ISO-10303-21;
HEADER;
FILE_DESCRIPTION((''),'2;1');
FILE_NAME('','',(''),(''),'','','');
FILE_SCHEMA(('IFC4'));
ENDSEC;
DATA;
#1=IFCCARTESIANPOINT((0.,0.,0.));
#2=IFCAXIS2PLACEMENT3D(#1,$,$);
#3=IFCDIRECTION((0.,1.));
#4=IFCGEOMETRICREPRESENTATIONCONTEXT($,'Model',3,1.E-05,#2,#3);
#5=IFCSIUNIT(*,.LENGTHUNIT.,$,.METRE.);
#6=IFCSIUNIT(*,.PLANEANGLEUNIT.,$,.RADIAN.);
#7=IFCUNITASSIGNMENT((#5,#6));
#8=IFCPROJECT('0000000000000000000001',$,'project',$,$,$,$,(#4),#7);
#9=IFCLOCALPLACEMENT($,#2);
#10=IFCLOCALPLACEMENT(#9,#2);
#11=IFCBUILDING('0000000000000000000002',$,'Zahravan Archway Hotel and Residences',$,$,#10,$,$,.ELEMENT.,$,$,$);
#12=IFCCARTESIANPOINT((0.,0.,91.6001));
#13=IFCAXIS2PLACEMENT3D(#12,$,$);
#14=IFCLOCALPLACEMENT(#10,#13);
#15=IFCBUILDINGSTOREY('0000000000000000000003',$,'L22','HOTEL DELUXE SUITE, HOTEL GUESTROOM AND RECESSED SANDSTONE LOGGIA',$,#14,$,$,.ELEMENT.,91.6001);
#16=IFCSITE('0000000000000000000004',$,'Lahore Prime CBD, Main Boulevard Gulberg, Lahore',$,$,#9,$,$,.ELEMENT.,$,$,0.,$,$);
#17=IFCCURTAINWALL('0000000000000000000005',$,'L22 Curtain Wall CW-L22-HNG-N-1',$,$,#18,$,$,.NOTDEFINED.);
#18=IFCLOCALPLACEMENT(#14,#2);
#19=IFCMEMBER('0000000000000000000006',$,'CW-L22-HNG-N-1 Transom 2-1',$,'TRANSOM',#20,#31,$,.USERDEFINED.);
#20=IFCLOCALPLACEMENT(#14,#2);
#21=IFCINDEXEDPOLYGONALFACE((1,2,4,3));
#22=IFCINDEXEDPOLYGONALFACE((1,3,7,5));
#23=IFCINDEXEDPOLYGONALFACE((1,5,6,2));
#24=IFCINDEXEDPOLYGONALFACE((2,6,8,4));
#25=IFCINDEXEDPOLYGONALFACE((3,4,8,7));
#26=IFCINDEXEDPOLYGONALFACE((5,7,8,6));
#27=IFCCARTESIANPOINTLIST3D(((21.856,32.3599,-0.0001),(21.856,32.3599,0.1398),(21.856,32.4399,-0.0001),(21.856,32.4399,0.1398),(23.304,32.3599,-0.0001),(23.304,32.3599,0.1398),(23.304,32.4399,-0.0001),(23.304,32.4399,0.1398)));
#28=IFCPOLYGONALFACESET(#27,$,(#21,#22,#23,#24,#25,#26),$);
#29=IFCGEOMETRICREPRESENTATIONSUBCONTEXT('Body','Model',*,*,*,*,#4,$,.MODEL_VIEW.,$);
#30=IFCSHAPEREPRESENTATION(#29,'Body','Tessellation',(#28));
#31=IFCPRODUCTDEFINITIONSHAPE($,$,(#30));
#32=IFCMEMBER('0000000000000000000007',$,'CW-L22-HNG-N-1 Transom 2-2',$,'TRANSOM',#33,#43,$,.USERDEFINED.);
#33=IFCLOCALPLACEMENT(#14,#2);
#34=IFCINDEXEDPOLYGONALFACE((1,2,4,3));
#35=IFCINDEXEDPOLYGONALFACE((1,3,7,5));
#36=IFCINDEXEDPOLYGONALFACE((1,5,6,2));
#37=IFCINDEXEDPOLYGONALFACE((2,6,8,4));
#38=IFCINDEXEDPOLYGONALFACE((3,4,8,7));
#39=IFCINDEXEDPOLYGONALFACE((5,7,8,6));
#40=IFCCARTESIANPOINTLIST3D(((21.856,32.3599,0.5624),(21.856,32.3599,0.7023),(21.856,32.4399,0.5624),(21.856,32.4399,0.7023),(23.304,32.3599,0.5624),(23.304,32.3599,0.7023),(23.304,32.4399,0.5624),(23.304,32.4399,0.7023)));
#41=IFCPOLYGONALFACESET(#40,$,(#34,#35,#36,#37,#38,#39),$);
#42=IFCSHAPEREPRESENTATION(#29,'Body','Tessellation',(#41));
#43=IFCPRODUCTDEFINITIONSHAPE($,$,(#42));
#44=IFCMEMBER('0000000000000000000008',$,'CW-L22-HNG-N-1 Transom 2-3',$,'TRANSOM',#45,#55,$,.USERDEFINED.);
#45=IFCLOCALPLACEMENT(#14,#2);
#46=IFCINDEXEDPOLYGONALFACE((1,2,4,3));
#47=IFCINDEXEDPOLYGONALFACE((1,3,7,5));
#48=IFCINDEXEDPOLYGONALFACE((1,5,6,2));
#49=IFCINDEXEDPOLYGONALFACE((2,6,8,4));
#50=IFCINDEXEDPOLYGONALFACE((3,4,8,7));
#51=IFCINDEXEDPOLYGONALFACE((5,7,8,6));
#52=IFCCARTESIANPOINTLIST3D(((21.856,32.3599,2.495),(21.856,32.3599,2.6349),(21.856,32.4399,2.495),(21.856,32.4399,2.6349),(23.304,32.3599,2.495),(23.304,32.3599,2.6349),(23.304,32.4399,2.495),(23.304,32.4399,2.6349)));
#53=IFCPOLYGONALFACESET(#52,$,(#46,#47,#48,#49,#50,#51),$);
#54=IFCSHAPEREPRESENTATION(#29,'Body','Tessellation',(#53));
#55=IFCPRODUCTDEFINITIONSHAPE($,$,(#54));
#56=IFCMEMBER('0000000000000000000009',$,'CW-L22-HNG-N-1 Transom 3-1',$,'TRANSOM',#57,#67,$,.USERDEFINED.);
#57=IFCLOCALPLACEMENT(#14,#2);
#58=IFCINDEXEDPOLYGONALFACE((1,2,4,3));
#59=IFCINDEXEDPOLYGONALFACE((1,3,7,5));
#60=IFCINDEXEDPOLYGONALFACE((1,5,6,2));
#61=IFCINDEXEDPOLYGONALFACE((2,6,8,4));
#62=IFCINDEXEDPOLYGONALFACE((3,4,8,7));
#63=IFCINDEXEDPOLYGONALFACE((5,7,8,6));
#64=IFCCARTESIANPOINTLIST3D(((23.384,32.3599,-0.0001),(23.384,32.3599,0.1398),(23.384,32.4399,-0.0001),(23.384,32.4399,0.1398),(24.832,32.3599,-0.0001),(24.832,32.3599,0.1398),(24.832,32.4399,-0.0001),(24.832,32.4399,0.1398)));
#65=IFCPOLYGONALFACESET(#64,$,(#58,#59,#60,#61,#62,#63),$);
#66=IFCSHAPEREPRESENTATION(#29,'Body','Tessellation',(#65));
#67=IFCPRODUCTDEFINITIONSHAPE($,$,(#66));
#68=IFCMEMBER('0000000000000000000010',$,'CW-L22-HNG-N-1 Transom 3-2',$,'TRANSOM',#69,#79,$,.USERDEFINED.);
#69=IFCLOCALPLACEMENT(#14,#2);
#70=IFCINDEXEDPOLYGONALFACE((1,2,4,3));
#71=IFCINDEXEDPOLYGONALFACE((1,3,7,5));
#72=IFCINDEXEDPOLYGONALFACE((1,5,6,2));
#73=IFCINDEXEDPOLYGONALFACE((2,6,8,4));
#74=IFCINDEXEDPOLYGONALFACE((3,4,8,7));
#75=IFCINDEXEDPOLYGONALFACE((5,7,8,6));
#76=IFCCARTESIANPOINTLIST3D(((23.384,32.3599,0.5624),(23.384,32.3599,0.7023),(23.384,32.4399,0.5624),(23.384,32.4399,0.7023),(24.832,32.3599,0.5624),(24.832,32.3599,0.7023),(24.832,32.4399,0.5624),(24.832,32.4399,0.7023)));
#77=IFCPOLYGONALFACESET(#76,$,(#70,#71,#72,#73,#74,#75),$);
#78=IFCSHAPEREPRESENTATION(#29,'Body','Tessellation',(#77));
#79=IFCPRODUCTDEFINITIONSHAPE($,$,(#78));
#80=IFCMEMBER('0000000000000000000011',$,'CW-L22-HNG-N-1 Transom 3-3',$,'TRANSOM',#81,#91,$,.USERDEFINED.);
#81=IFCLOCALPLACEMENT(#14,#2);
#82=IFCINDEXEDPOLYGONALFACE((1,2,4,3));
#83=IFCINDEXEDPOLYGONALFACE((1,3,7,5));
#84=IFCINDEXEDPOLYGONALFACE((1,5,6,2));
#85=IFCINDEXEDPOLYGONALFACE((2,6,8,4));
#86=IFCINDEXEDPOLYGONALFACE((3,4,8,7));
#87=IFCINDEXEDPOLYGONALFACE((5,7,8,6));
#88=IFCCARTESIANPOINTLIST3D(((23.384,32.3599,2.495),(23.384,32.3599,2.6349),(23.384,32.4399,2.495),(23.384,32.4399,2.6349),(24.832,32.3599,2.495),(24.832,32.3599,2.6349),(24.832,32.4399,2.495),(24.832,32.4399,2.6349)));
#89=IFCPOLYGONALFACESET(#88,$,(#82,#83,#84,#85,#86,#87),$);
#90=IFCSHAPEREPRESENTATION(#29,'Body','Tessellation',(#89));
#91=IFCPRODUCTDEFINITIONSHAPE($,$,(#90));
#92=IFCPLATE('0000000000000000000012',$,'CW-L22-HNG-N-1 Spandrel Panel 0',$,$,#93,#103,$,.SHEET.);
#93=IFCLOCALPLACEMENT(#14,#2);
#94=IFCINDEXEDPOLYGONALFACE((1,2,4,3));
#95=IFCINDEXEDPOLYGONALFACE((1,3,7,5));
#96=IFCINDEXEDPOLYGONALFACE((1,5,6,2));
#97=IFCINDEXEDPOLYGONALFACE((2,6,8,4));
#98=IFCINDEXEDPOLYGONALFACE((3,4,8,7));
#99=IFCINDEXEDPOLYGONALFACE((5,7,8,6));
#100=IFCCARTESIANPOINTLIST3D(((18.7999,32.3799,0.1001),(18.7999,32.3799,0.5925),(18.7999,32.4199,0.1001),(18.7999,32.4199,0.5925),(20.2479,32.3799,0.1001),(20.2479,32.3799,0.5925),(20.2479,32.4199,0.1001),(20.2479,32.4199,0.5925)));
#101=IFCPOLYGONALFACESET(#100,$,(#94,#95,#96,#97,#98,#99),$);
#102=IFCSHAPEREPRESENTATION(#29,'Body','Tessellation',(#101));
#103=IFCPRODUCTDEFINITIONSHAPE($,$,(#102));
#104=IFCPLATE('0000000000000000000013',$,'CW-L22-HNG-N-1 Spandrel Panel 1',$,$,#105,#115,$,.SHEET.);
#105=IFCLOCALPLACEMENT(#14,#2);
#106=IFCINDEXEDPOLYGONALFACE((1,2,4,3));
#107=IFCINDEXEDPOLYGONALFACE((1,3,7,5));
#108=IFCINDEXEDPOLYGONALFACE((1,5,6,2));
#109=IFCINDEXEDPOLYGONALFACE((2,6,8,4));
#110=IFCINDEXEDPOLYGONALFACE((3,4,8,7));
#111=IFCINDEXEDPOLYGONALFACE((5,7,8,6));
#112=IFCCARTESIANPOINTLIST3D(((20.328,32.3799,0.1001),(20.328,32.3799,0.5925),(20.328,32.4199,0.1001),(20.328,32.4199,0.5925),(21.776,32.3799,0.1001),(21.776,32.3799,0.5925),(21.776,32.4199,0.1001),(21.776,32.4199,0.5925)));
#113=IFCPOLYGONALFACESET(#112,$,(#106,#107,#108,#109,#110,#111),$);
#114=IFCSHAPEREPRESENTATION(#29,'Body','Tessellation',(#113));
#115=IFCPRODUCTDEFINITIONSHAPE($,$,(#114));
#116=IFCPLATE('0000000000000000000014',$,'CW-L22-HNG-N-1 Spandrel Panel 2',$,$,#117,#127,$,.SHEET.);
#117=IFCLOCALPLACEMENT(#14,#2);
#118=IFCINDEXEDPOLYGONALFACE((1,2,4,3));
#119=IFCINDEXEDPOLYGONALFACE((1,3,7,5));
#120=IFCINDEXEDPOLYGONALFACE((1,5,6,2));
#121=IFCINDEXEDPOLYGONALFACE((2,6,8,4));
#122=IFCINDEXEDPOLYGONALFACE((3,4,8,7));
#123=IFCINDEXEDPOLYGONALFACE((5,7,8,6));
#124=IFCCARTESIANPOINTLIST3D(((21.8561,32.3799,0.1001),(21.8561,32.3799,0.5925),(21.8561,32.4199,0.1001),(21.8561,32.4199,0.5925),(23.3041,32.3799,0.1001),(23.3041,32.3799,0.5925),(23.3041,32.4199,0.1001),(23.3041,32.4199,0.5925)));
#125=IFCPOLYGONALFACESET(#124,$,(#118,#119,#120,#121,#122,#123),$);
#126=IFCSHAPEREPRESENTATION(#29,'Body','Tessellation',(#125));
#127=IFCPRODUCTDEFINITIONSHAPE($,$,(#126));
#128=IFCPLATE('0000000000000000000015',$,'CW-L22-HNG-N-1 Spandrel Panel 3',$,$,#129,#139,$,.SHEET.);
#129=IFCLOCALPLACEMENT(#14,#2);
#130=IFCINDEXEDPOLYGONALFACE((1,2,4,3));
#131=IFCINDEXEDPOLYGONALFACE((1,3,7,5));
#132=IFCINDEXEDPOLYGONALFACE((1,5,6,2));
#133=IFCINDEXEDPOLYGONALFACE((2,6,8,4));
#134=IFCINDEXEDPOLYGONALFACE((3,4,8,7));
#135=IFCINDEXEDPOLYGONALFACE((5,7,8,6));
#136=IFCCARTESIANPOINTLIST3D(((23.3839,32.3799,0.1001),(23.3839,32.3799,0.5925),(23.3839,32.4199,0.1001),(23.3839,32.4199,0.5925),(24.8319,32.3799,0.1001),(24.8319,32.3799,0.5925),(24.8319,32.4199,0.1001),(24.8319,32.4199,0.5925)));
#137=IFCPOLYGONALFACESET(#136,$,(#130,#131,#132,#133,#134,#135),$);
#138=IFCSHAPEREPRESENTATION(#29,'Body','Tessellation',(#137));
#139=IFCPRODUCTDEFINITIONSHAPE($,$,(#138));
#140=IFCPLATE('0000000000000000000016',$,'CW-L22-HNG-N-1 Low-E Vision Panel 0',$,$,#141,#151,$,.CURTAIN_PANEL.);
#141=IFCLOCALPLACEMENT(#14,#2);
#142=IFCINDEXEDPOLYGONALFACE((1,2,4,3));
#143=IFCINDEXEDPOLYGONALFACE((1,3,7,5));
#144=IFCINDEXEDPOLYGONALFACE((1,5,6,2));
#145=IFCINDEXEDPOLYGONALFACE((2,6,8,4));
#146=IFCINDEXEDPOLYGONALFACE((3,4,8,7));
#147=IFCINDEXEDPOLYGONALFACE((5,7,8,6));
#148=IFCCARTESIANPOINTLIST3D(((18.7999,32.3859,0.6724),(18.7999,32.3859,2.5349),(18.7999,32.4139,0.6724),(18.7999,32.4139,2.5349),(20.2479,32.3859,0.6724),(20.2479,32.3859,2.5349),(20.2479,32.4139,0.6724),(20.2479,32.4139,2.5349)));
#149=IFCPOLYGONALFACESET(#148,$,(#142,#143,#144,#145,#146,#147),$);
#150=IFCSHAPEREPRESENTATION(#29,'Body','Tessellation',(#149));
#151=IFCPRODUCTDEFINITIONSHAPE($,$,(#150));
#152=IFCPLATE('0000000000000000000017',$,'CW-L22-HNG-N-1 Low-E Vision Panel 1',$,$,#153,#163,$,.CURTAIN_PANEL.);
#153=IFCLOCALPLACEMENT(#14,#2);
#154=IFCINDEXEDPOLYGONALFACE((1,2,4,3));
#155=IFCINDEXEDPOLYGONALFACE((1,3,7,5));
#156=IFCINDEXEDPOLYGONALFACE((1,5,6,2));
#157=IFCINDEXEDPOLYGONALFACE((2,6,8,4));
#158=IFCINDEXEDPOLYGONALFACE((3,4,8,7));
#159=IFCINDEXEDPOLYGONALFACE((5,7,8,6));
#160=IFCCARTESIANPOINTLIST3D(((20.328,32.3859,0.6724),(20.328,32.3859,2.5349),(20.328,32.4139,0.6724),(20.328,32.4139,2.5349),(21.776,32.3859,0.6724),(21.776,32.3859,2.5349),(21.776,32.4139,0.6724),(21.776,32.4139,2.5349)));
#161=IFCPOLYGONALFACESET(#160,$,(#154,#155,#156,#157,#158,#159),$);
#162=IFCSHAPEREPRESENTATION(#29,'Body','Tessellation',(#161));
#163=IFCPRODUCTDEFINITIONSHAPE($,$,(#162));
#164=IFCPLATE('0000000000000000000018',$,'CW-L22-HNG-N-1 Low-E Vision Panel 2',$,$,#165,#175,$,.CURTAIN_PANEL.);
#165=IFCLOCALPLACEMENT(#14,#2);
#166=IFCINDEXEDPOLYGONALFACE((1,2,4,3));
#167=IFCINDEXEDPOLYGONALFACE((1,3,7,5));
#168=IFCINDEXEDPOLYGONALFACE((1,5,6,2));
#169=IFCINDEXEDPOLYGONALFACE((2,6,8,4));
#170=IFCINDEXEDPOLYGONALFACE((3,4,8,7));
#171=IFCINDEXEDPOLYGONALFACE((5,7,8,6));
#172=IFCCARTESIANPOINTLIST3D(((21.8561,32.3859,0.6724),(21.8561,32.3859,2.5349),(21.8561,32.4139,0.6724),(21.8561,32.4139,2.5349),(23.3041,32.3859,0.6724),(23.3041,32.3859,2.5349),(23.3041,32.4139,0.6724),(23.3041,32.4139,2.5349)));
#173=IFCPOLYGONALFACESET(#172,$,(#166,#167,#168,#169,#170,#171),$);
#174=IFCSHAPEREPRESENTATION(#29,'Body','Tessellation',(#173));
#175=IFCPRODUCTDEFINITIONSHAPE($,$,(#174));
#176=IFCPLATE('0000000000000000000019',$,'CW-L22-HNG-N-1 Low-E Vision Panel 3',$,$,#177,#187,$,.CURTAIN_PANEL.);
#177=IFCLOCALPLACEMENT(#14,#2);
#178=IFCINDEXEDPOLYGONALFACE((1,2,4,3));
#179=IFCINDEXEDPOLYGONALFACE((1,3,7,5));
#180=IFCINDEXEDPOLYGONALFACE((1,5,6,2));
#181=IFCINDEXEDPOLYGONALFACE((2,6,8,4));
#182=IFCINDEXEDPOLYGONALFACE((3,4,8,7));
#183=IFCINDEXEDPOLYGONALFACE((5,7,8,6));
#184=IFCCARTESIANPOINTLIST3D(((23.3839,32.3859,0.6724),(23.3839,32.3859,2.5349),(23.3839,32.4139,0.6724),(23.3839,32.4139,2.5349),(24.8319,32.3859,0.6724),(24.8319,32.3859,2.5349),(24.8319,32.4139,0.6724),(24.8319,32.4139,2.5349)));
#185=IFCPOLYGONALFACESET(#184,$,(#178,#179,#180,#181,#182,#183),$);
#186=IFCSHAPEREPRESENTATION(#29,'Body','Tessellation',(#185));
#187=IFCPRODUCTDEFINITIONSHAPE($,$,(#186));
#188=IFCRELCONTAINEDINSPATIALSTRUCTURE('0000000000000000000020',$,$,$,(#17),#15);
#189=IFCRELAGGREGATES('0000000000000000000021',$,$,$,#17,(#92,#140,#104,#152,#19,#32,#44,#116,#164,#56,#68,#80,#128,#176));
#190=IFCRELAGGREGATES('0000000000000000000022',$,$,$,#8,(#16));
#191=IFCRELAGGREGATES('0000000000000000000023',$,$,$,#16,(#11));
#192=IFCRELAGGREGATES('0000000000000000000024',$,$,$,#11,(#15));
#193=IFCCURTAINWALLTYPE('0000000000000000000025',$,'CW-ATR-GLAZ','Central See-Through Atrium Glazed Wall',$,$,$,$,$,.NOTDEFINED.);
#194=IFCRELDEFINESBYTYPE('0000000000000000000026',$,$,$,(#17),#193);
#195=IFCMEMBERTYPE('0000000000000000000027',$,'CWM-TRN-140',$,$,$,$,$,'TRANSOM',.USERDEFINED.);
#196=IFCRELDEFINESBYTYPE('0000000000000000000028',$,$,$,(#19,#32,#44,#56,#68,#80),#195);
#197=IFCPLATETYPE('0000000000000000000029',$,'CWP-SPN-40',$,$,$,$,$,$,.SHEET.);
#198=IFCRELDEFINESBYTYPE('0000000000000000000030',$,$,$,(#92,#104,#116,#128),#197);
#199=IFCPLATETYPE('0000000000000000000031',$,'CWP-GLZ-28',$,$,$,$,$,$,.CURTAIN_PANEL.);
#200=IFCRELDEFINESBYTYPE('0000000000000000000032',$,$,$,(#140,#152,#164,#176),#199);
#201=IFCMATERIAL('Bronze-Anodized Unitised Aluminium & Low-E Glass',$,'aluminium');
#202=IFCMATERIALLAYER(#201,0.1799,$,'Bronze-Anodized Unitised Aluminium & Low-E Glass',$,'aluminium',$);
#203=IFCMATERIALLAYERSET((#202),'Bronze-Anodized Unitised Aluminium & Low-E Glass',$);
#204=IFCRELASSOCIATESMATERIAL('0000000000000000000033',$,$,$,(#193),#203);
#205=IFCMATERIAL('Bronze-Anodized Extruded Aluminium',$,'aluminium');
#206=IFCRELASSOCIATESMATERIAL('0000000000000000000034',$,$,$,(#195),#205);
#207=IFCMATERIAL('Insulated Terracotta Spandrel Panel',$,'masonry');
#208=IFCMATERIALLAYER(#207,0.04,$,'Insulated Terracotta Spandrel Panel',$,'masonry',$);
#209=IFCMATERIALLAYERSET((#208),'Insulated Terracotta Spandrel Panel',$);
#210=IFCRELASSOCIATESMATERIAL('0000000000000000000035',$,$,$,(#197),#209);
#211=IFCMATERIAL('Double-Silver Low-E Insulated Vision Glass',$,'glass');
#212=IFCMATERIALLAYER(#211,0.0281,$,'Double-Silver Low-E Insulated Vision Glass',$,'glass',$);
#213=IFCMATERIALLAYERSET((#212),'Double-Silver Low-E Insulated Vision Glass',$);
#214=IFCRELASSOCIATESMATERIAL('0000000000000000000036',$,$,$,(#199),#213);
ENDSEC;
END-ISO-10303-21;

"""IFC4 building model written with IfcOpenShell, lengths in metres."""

from ifc_helpers import new_model, si_unit, direction, frame, origin, origin_2d, place, context, subcontext, project, spatial, rectangle, extrude, source, transform, mapped, material, layer, layer_set, material_profile, profile_set, type_object, element, aggregate, save


model = new_model("IFC4")

# Units and contexts
model_context = context("Model", 3, precision=1e-05, world=origin(), true_north=direction((0.0, 1.0)))
body_context = subcontext(model_context, "Body", "Model", "MODEL_VIEW")
ifc_project = project(units=[si_unit("LENGTHUNIT", "METRE"), si_unit("PLANEANGLEUNIT", "RADIAN")], contexts=[model_context])

# Site, building, storey
site_placement = place(None, origin())
site = spatial("IfcSite", under=ifc_project, at=site_placement, Name="Lahore Prime CBD, Main Boulevard Gulberg, Lahore", CompositionType="ELEMENT", RefElevation=0.0)
building_placement = place(site_placement, origin())
building = spatial("IfcBuilding", under=site, at=building_placement, Name="Zahravan Archway Hotel and Residences", CompositionType="ELEMENT")
storey_placement = place(building_placement, frame((0.0, 0.0, 91.6001)))
storey = spatial("IfcBuildingStorey", under=building, at=storey_placement, Name="L22", Description="HOTEL DELUXE SUITE, HOTEL GUESTROOM AND RECESSED SANDSTONE LOGGIA", CompositionType="ELEMENT", Elevation=91.6001)

# Curtain wall, members, plates
ifc_material_1 = material(Name="Bronze-Anodized Unitised Aluminium & Low-E Glass", Category="aluminium")
ifc_layer_1 = layer(ifc_material_1, 0.1799, Name="Bronze-Anodized Unitised Aluminium & Low-E Glass", Category="aluminium")
ifc_layer_set_1 = layer_set([ifc_layer_1], Name="Bronze-Anodized Unitised Aluminium & Low-E Glass")
curtain_wall_type = type_object("IfcCurtainWallType", Name="CW-ATR-GLAZ", Description="Central See-Through Atrium Glazed Wall", PredefinedType="NOTDEFINED", material=ifc_layer_set_1)
curtain_wall_placement = place(storey_placement, origin())
curtain_wall = element("IfcCurtainWall", 1, at=curtain_wall_placement, inside=storey, type_object=curtain_wall_type, Name="L22 Curtain Wall CW-L22-HNG-N-1", PredefinedType="NOTDEFINED")
ifc_material_2 = material(Name="Bronze-Anodized Extruded Aluminium", Category="aluminium")
ifc_material_profile_1 = material_profile(ifc_material_2, rectangle(XDim=0.0801, YDim=0.1399, at=origin_2d()), Name="TRN 80x140", Category="aluminium")
ifc_profile_set_1 = profile_set([ifc_material_profile_1], Name="Bronze-Anodized Extruded Aluminium")
member_type_1 = type_object("IfcMemberType", Name="CWM-TRN-140", ElementType="TRANSOM", PredefinedType="USERDEFINED", material=ifc_profile_set_1)
shared_shape_1 = source(origin(), body_context, "Body", "SweptSolid", [
    extrude(rectangle(XDim=0.0801, YDim=0.1399, at=origin_2d()), origin(), (0.0, 0.0, 1.0), 1.448),
])
member_1_placement = place(storey_placement, frame((21.856, 32.3999, 0.0698), z_axis=(1.0, 0.0, 0.0), x_axis=(0.0, 1.0, 0.0)))
member_1 = element("IfcMember", 2, at=member_1_placement, type_object=member_type_1, Name="CW-L22-HNG-N-1 Transom 2-1", ObjectType="TRANSOM", PredefinedType="USERDEFINED", context=body_context, shape_type="MappedRepresentation", body=[
    mapped(shared_shape_1, transform((0.0, 0.0, 0.0), scale=1.0)),
])
member_2_placement = place(storey_placement, frame((21.856, 32.3999, 0.6323), z_axis=(1.0, 0.0, 0.0), x_axis=(0.0, 1.0, 0.0)))
member_2 = element("IfcMember", 3, at=member_2_placement, type_object=member_type_1, Name="CW-L22-HNG-N-1 Transom 2-2", ObjectType="TRANSOM", PredefinedType="USERDEFINED", context=body_context, shape_type="MappedRepresentation", body=[
    mapped(shared_shape_1, transform((0.0, 0.0, 0.0), scale=1.0)),
])
member_3_placement = place(storey_placement, frame((21.856, 32.3999, 2.5649), z_axis=(1.0, 0.0, 0.0), x_axis=(0.0, 1.0, 0.0)))
member_3 = element("IfcMember", 4, at=member_3_placement, type_object=member_type_1, Name="CW-L22-HNG-N-1 Transom 2-3", ObjectType="TRANSOM", PredefinedType="USERDEFINED", context=body_context, shape_type="MappedRepresentation", body=[
    mapped(shared_shape_1, transform((0.0, 0.0, 0.0), scale=1.0)),
])
member_4_placement = place(storey_placement, frame((23.384, 32.3999, 0.0698), z_axis=(1.0, 0.0, 0.0), x_axis=(0.0, 1.0, 0.0)))
member_4 = element("IfcMember", 5, at=member_4_placement, type_object=member_type_1, Name="CW-L22-HNG-N-1 Transom 3-1", ObjectType="TRANSOM", PredefinedType="USERDEFINED", context=body_context, shape_type="MappedRepresentation", body=[
    mapped(shared_shape_1, transform((0.0, 0.0, 0.0), scale=1.0)),
])
member_5_placement = place(storey_placement, frame((23.384, 32.3999, 0.6323), z_axis=(1.0, 0.0, 0.0), x_axis=(0.0, 1.0, 0.0)))
member_5 = element("IfcMember", 6, at=member_5_placement, type_object=member_type_1, Name="CW-L22-HNG-N-1 Transom 3-2", ObjectType="TRANSOM", PredefinedType="USERDEFINED", context=body_context, shape_type="MappedRepresentation", body=[
    mapped(shared_shape_1, transform((0.0, 0.0, 0.0), scale=1.0)),
])
member_6_placement = place(storey_placement, frame((23.384, 32.3999, 2.5649), z_axis=(1.0, 0.0, 0.0), x_axis=(0.0, 1.0, 0.0)))
member_6 = element("IfcMember", 7, at=member_6_placement, type_object=member_type_1, Name="CW-L22-HNG-N-1 Transom 3-3", ObjectType="TRANSOM", PredefinedType="USERDEFINED", context=body_context, shape_type="MappedRepresentation", body=[
    mapped(shared_shape_1, transform((0.0, 0.0, 0.0), scale=1.0)),
])
ifc_material_3 = material(Name="Insulated Terracotta Spandrel Panel", Category="masonry")
ifc_layer_2 = layer(ifc_material_3, 0.04, Name="Insulated Terracotta Spandrel Panel", Category="masonry")
ifc_layer_set_2 = layer_set([ifc_layer_2], Name="Insulated Terracotta Spandrel Panel")
plate_type_1 = type_object("IfcPlateType", Name="CWP-SPN-40", PredefinedType="SHEET", material=ifc_layer_set_2)
shared_shape_2 = source(origin(), body_context, "Body", "SweptSolid", [
    extrude(rectangle(XDim=1.448, YDim=0.04, at=origin_2d()), origin(), (0.0, 0.0, 1.0), 0.4924),
])
plate_1_placement = place(storey_placement, frame((19.5239, 32.3999, 0.1001), z_axis=(0.0, 0.0, 1.0), x_axis=(1.0, 0.0, 0.0)))
plate_1 = element("IfcPlate", 8, at=plate_1_placement, type_object=plate_type_1, Name="CW-L22-HNG-N-1 Spandrel Panel 0", PredefinedType="SHEET", context=body_context, shape_type="MappedRepresentation", body=[
    mapped(shared_shape_2, transform((0.0, 0.0, 0.0), scale=1.0)),
])
plate_2_placement = place(storey_placement, frame((21.052, 32.3999, 0.1001), z_axis=(0.0, 0.0, 1.0), x_axis=(1.0, 0.0, 0.0)))
plate_2 = element("IfcPlate", 9, at=plate_2_placement, type_object=plate_type_1, Name="CW-L22-HNG-N-1 Spandrel Panel 1", PredefinedType="SHEET", context=body_context, shape_type="MappedRepresentation", body=[
    mapped(shared_shape_2, transform((0.0, 0.0, 0.0), scale=1.0)),
])
plate_3_placement = place(storey_placement, frame((22.5801, 32.3999, 0.1001), z_axis=(0.0, 0.0, 1.0), x_axis=(1.0, 0.0, 0.0)))
plate_3 = element("IfcPlate", 10, at=plate_3_placement, type_object=plate_type_1, Name="CW-L22-HNG-N-1 Spandrel Panel 2", PredefinedType="SHEET", context=body_context, shape_type="MappedRepresentation", body=[
    mapped(shared_shape_2, transform((0.0, 0.0, 0.0), scale=1.0)),
])
plate_4_placement = place(storey_placement, frame((24.1079, 32.3999, 0.1001), z_axis=(0.0, 0.0, 1.0), x_axis=(1.0, 0.0, 0.0)))
plate_4 = element("IfcPlate", 11, at=plate_4_placement, type_object=plate_type_1, Name="CW-L22-HNG-N-1 Spandrel Panel 3", PredefinedType="SHEET", context=body_context, shape_type="MappedRepresentation", body=[
    mapped(shared_shape_2, transform((0.0, 0.0, 0.0), scale=1.0)),
])
ifc_material_4 = material(Name="Double-Silver Low-E Insulated Vision Glass", Category="glass")
ifc_layer_3 = layer(ifc_material_4, 0.0281, Name="Double-Silver Low-E Insulated Vision Glass", Category="glass")
ifc_layer_set_3 = layer_set([ifc_layer_3], Name="Double-Silver Low-E Insulated Vision Glass")
plate_type_2 = type_object("IfcPlateType", Name="CWP-GLZ-28", PredefinedType="CURTAIN_PANEL", material=ifc_layer_set_3)
shared_shape_3 = source(origin(), body_context, "Body", "SweptSolid", [
    extrude(rectangle(XDim=1.448, YDim=0.0281, at=origin_2d()), origin(), (0.0, 0.0, 1.0), 1.8625),
])
plate_5_placement = place(storey_placement, frame((19.5239, 32.3999, 0.6724), z_axis=(0.0, 0.0, 1.0), x_axis=(1.0, 0.0, 0.0)))
plate_5 = element("IfcPlate", 12, at=plate_5_placement, type_object=plate_type_2, Name="CW-L22-HNG-N-1 Low-E Vision Panel 0", PredefinedType="CURTAIN_PANEL", context=body_context, shape_type="MappedRepresentation", body=[
    mapped(shared_shape_3, transform((0.0, 0.0, 0.0), scale=1.0)),
])
plate_6_placement = place(storey_placement, frame((21.052, 32.3999, 0.6724), z_axis=(0.0, 0.0, 1.0), x_axis=(1.0, 0.0, 0.0)))
plate_6 = element("IfcPlate", 13, at=plate_6_placement, type_object=plate_type_2, Name="CW-L22-HNG-N-1 Low-E Vision Panel 1", PredefinedType="CURTAIN_PANEL", context=body_context, shape_type="MappedRepresentation", body=[
    mapped(shared_shape_3, transform((0.0, 0.0, 0.0), scale=1.0)),
])
plate_7_placement = place(storey_placement, frame((22.5801, 32.3999, 0.6724), z_axis=(0.0, 0.0, 1.0), x_axis=(1.0, 0.0, 0.0)))
plate_7 = element("IfcPlate", 14, at=plate_7_placement, type_object=plate_type_2, Name="CW-L22-HNG-N-1 Low-E Vision Panel 2", PredefinedType="CURTAIN_PANEL", context=body_context, shape_type="MappedRepresentation", body=[
    mapped(shared_shape_3, transform((0.0, 0.0, 0.0), scale=1.0)),
])
plate_8_placement = place(storey_placement, frame((24.1079, 32.3999, 0.6724), z_axis=(0.0, 0.0, 1.0), x_axis=(1.0, 0.0, 0.0)))
plate_8 = element("IfcPlate", 15, at=plate_8_placement, type_object=plate_type_2, Name="CW-L22-HNG-N-1 Low-E Vision Panel 3", PredefinedType="CURTAIN_PANEL", context=body_context, shape_type="MappedRepresentation", body=[
    mapped(shared_shape_3, transform((0.0, 0.0, 0.0), scale=1.0)),
])
aggregate(curtain_wall, [plate_1, plate_5, plate_2, plate_6, member_1, member_2, member_3, plate_3, plate_7, member_4, member_5, member_6, plate_4, plate_8])

save(model, "model.ifc")
